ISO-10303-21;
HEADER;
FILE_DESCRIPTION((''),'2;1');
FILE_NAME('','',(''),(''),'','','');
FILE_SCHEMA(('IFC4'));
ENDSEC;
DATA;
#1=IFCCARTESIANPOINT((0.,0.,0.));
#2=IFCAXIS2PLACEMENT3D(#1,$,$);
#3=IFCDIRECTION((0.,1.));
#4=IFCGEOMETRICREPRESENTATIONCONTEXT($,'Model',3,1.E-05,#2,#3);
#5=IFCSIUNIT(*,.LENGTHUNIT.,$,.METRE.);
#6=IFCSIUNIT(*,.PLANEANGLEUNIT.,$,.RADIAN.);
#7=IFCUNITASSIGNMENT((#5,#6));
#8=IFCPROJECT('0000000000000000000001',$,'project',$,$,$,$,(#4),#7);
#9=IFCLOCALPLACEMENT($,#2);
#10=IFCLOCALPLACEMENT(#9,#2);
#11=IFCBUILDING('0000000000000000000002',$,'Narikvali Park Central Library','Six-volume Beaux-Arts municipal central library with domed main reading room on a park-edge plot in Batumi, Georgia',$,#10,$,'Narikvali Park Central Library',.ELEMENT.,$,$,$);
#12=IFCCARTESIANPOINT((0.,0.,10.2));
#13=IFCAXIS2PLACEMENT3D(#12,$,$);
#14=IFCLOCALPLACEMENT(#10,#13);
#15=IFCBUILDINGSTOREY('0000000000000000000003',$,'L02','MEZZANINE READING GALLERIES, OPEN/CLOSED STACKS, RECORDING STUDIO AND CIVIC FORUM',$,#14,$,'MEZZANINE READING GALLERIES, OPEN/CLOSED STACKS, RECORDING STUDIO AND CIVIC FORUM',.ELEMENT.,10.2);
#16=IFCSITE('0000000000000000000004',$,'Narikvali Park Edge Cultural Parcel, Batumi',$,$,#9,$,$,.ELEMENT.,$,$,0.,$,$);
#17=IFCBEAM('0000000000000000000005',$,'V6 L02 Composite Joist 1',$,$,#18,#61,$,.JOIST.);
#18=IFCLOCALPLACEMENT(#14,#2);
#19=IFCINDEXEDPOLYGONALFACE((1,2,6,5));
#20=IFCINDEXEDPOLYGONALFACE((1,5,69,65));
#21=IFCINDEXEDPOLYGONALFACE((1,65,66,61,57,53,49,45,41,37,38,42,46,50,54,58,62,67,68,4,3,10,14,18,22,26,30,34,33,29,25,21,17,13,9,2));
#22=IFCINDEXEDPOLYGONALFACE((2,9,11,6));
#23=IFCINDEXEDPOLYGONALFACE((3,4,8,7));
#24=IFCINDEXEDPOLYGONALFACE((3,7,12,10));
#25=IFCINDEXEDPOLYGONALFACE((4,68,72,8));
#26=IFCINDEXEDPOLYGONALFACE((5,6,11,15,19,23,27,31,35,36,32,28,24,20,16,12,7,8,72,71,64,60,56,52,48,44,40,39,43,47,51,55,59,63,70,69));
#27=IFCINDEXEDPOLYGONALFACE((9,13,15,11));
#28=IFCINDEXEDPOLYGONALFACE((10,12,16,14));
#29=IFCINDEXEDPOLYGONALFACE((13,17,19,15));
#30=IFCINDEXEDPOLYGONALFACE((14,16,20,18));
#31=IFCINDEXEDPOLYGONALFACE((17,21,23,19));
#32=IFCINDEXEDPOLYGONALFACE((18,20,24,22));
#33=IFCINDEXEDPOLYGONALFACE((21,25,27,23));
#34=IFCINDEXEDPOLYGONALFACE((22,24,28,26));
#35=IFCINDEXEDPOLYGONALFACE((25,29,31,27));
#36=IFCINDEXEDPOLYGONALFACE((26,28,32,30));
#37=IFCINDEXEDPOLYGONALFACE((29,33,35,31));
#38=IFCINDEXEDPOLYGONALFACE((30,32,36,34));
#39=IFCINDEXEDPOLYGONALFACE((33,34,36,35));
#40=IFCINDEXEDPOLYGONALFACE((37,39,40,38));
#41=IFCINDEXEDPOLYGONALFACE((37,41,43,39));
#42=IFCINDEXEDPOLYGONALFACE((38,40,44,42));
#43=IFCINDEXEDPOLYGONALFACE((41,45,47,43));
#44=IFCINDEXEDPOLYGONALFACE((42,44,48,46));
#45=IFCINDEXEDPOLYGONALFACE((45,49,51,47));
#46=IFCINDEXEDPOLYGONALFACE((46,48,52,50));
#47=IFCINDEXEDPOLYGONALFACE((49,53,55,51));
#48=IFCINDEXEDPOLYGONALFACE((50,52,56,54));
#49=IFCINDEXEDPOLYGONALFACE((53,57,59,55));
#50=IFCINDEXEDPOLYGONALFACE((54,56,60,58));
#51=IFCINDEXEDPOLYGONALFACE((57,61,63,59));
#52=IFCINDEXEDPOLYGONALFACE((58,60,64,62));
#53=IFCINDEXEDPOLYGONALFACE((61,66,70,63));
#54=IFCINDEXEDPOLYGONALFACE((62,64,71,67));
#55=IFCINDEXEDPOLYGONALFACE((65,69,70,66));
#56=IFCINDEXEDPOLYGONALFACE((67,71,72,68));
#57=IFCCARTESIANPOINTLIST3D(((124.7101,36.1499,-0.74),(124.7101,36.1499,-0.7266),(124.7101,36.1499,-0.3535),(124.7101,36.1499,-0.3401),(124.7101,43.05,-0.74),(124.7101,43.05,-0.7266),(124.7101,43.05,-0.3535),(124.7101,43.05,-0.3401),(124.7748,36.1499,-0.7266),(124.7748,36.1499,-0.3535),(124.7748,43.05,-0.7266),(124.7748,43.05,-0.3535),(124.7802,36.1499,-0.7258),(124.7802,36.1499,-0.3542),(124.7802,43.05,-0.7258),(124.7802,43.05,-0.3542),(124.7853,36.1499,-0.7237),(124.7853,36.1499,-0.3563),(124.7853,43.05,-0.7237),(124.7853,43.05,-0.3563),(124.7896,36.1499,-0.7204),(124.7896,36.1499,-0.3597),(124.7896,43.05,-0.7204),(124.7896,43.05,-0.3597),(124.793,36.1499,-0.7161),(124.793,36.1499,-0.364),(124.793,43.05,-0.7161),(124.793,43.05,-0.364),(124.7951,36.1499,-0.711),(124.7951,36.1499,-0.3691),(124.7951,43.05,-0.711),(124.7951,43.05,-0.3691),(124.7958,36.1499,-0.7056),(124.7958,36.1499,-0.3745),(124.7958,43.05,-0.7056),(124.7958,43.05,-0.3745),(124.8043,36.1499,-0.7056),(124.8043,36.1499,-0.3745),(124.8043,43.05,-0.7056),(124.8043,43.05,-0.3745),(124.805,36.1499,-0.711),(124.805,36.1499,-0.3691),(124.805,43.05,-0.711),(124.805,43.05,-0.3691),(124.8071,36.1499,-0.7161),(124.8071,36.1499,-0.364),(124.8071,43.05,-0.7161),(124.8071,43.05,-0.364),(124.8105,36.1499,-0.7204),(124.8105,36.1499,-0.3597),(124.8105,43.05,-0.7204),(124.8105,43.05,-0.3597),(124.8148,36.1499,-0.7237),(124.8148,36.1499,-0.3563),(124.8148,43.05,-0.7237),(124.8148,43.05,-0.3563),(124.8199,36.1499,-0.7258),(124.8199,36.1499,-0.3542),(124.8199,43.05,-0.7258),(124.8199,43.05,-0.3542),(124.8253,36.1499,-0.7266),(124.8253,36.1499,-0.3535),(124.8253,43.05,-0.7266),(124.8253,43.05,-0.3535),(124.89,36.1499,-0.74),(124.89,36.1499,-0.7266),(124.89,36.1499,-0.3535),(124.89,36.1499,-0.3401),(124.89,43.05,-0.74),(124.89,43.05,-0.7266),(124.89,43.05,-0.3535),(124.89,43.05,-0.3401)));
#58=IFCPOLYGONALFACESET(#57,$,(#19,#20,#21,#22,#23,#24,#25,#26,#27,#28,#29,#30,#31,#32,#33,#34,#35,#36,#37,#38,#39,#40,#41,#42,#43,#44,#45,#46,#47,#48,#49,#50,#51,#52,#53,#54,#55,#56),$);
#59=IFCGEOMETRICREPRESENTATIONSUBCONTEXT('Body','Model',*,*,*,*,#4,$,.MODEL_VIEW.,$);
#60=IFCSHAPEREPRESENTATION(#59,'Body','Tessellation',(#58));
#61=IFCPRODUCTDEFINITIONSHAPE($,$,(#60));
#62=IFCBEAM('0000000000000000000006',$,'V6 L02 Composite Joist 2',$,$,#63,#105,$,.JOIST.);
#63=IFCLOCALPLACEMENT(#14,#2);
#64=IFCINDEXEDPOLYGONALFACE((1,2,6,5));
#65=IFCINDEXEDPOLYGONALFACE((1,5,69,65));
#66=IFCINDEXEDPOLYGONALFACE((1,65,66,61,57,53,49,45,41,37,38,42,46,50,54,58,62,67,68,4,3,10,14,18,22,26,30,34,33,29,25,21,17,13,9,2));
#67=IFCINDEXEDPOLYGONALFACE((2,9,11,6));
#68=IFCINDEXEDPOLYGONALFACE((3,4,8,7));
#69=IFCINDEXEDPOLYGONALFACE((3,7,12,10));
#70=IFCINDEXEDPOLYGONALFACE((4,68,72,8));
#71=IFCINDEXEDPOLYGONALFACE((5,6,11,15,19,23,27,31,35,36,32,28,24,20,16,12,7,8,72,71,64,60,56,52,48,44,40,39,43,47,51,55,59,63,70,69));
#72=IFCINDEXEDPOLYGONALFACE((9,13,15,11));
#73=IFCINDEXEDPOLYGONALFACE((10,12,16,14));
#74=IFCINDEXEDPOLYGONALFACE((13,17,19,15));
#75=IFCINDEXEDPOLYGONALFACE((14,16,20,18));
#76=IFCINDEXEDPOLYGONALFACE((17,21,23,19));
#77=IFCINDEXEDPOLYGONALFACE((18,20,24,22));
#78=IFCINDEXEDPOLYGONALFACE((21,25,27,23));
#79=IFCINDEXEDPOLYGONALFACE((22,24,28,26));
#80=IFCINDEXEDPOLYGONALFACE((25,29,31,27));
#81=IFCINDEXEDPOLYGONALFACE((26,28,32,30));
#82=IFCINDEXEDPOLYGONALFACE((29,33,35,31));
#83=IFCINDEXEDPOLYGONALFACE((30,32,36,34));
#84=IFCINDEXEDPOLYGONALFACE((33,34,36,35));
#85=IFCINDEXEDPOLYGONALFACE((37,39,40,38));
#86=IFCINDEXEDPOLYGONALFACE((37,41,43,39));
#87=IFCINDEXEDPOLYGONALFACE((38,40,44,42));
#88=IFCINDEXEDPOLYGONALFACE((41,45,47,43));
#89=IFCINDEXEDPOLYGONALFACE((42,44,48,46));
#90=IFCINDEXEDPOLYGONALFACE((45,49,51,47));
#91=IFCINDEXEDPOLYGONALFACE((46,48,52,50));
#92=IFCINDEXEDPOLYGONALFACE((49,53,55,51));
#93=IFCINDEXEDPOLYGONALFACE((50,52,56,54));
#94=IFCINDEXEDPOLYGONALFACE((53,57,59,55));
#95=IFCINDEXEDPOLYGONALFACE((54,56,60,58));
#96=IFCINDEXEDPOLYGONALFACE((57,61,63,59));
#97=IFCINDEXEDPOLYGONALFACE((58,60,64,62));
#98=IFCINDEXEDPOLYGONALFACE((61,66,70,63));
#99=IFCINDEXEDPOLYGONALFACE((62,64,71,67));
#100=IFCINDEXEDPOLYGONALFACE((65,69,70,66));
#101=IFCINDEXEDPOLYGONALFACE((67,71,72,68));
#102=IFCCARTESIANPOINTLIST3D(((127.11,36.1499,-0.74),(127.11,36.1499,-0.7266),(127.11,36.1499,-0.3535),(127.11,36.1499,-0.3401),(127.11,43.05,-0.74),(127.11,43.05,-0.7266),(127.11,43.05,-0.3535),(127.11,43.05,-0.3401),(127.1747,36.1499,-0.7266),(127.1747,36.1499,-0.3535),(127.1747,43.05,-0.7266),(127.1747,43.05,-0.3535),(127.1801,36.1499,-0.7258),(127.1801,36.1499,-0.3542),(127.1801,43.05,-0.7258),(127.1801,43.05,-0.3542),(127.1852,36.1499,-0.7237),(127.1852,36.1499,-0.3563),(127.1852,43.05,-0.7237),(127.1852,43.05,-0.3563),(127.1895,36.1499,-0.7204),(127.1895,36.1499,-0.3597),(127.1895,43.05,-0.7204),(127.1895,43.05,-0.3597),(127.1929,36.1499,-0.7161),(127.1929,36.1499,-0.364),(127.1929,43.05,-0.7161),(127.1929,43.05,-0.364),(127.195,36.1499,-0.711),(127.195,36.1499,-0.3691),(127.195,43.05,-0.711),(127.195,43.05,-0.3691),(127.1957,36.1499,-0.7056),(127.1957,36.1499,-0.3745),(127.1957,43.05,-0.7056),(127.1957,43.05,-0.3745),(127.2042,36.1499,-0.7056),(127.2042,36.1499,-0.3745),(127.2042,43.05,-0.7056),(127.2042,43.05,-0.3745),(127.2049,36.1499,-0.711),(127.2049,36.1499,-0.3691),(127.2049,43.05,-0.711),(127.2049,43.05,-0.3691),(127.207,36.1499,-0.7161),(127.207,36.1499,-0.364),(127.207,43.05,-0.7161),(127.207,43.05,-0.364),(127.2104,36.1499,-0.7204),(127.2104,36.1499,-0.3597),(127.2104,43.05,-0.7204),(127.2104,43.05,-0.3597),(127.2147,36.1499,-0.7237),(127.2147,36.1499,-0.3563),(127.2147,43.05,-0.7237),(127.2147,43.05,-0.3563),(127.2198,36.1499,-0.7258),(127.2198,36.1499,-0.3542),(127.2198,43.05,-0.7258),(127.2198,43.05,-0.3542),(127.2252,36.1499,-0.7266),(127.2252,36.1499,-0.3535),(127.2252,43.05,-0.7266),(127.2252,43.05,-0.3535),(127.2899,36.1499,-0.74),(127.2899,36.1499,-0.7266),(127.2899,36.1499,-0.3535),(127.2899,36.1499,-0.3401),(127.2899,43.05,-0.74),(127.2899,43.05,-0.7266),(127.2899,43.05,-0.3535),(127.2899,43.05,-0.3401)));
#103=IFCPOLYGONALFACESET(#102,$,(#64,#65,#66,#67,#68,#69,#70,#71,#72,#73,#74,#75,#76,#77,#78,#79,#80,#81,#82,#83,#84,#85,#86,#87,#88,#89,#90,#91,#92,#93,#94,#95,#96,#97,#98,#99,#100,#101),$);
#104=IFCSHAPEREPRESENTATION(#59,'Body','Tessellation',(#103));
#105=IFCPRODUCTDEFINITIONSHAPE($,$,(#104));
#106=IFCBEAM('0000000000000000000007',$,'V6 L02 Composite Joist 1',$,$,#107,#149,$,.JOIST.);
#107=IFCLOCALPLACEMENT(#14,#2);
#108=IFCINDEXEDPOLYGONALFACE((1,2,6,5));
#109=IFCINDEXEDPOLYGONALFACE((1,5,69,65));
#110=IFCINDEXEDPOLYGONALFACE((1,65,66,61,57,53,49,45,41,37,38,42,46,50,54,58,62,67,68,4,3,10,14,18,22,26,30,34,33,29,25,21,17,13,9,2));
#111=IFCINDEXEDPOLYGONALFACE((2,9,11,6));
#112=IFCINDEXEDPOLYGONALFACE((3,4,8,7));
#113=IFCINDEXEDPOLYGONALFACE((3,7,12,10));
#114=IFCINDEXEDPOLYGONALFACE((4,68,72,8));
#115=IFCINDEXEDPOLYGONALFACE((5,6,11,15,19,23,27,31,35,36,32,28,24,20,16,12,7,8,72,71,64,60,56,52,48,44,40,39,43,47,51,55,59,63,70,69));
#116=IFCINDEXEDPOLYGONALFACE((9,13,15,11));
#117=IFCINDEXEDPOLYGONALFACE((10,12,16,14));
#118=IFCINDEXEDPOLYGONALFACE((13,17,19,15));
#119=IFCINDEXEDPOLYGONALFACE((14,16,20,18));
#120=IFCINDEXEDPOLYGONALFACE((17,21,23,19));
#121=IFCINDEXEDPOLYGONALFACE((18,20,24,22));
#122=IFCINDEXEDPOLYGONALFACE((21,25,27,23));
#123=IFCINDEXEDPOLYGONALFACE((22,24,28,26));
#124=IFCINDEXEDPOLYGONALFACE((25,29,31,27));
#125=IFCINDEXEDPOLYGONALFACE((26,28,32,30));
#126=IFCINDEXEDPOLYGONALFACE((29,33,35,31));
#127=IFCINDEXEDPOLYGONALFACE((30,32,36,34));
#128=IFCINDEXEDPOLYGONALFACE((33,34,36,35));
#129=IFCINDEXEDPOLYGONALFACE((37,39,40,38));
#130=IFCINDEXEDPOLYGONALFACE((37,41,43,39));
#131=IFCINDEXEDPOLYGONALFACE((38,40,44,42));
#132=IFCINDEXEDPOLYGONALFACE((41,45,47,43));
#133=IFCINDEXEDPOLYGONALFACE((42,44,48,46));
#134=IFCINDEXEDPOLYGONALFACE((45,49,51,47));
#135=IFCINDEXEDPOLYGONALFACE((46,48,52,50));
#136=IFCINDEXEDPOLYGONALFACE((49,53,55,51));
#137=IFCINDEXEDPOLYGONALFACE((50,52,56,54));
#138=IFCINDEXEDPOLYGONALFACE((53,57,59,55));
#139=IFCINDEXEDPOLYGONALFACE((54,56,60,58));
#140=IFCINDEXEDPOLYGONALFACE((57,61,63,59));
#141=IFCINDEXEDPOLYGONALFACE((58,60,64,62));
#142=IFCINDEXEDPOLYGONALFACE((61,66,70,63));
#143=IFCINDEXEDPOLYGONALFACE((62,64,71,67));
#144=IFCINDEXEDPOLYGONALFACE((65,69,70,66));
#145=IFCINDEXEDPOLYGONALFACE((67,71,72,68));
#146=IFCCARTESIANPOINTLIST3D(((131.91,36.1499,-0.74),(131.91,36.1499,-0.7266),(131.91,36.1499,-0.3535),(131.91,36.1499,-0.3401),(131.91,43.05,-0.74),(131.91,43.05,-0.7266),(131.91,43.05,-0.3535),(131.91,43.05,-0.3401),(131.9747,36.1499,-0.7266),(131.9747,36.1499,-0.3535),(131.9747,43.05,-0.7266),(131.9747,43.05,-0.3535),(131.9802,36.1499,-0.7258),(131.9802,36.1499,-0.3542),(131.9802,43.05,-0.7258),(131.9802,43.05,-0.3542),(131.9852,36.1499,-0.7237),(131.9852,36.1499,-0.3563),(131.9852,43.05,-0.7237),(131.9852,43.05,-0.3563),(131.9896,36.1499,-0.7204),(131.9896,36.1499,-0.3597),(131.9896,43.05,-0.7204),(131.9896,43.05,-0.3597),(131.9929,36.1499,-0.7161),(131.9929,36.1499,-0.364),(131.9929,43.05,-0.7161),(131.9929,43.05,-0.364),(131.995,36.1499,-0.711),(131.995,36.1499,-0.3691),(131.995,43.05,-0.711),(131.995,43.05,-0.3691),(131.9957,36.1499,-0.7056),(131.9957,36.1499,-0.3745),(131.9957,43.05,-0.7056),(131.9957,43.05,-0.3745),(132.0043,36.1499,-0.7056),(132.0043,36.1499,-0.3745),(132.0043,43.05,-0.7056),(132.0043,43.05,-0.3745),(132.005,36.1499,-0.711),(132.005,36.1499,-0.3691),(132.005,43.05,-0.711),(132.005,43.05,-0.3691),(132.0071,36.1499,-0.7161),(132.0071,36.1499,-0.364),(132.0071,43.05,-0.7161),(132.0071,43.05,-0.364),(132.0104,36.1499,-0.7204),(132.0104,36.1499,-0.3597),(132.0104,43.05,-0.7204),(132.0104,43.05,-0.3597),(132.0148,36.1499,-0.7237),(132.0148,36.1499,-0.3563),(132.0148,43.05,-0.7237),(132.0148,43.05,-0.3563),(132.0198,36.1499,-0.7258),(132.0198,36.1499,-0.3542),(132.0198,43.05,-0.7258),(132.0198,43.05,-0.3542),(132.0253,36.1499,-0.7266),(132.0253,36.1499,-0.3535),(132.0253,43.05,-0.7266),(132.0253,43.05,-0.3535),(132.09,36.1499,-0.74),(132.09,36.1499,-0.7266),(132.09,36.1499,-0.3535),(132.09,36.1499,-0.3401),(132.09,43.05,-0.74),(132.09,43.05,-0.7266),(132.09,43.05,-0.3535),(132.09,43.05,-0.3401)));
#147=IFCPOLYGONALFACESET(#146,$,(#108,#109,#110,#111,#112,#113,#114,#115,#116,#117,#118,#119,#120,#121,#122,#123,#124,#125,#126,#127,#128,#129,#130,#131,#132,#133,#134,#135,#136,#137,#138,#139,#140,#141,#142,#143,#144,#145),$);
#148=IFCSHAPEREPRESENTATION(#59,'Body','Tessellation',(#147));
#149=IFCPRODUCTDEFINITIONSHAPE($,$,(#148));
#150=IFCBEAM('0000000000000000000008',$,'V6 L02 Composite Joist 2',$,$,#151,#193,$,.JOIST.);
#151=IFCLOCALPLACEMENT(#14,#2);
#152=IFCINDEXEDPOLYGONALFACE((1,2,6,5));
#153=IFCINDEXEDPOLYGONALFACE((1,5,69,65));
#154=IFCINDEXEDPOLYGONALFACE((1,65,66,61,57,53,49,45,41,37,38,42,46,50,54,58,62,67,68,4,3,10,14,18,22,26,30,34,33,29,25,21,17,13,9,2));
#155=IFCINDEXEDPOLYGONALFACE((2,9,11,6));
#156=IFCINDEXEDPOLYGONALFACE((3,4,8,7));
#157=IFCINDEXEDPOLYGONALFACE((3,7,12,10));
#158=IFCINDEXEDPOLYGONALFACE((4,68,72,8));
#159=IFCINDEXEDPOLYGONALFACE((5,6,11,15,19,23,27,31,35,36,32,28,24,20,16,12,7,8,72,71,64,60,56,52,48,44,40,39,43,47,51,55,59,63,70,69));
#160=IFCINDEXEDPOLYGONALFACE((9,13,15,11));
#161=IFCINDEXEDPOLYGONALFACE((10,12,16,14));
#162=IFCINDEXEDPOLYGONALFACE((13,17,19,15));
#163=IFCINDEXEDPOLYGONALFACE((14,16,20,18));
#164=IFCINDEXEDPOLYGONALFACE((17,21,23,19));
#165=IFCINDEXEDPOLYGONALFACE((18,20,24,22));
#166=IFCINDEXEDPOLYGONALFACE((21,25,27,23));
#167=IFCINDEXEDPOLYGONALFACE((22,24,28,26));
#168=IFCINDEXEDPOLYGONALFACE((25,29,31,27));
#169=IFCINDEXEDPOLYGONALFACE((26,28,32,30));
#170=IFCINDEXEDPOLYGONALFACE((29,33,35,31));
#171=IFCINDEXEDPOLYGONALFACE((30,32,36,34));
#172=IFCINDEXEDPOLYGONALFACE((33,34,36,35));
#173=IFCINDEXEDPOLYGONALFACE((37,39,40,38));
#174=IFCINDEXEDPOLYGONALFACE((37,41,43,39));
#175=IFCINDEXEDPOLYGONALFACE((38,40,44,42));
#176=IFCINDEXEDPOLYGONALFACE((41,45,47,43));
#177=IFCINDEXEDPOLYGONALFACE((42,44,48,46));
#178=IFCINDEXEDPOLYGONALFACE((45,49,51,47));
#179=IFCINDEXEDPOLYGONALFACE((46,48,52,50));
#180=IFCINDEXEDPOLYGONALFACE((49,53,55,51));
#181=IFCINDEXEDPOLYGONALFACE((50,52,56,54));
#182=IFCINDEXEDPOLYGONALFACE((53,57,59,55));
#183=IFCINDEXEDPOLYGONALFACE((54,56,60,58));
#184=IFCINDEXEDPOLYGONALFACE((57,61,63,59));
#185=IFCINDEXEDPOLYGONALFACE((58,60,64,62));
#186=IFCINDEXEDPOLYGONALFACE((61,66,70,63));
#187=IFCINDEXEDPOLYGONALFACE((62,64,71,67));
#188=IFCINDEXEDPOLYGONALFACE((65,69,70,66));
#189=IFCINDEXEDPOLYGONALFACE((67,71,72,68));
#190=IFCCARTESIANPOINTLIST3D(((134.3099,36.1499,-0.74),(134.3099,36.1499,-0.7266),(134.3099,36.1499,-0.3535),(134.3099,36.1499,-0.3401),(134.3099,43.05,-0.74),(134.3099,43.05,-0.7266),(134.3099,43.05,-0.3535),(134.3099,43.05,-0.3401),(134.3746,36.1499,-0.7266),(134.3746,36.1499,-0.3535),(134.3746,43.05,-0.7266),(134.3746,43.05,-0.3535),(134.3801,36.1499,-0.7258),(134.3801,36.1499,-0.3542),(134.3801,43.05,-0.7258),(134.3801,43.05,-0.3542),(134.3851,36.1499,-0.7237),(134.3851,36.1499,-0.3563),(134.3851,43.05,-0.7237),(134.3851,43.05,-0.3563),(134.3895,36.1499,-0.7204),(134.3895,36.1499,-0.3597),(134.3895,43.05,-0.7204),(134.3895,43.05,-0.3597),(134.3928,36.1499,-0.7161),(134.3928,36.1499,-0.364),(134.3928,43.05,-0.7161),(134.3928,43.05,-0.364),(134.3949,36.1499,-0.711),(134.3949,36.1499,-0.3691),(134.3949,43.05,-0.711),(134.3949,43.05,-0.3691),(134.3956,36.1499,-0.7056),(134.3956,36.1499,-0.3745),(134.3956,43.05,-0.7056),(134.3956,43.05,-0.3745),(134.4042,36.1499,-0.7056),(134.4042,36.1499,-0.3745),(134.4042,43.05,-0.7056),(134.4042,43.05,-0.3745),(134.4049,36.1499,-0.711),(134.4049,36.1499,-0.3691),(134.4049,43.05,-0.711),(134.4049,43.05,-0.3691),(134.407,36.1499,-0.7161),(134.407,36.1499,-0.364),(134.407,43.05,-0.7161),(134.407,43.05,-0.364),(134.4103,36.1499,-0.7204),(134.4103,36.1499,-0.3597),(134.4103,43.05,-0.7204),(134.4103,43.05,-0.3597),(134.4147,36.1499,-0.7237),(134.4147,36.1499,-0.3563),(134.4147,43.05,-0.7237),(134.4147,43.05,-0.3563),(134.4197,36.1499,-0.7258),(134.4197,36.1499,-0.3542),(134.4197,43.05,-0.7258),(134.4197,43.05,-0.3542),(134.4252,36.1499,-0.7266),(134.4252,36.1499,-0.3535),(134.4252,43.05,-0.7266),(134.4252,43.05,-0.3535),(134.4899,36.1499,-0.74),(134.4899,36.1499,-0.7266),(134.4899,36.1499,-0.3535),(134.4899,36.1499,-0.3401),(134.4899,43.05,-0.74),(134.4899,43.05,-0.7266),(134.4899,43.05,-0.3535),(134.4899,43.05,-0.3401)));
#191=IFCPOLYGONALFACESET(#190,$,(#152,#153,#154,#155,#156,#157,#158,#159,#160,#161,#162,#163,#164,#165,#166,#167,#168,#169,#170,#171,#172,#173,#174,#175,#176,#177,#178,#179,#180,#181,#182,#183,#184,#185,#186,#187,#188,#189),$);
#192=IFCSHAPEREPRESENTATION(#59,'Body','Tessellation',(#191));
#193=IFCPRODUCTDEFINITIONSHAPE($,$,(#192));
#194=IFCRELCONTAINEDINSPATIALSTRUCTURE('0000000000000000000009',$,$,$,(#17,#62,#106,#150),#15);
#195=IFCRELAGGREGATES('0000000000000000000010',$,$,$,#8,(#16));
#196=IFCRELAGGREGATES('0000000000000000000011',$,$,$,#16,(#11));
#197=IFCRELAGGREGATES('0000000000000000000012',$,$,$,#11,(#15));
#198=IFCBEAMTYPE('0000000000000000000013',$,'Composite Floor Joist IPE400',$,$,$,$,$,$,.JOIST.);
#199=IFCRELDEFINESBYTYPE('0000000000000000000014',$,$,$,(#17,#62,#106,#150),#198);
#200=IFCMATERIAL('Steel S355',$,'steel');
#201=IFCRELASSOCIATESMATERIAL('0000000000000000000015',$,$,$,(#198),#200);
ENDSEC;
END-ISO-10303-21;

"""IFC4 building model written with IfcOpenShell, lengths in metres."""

from ifc_helpers import new_model, si_unit, direction, frame, origin, origin_2d, place, context, subcontext, project, spatial, i_section, extrude, material, material_profile, profile_set, type_object, element, save


model = new_model("IFC4")

# Units and contexts
model_context = context("Model", 3, precision=1e-05, world=origin(), true_north=direction((0.0, 1.0)))
body_context = subcontext(model_context, "Body", "Model", "MODEL_VIEW")
ifc_project = project(units=[si_unit("LENGTHUNIT", "METRE"), si_unit("PLANEANGLEUNIT", "RADIAN")], contexts=[model_context])

# Site, building, storey
site_placement = place(None, origin())
site = spatial("IfcSite", under=ifc_project, at=site_placement, Name="Narikvali Park Edge Cultural Parcel, Batumi", CompositionType="ELEMENT", RefElevation=0.0)
building_placement = place(site_placement, origin())
building = spatial("IfcBuilding", under=site, at=building_placement, Name="Narikvali Park Central Library", Description="Six-volume Beaux-Arts municipal central library with domed main reading room on a park-edge plot in Batumi, Georgia", LongName="Narikvali Park Central Library", CompositionType="ELEMENT")
storey_placement = place(building_placement, frame((0.0, 0.0, 10.2)))
storey = spatial("IfcBuildingStorey", under=building, at=storey_placement, Name="L02", Description="MEZZANINE READING GALLERIES, OPEN/CLOSED STACKS, RECORDING STUDIO AND CIVIC FORUM", LongName="MEZZANINE READING GALLERIES, OPEN/CLOSED STACKS, RECORDING STUDIO AND CIVIC FORUM", CompositionType="ELEMENT", Elevation=10.2)

# Beams
ifc_material_1 = material(Name="Steel S355", Category="steel")
ifc_material_profile_1 = material_profile(ifc_material_1, i_section(OverallWidth=0.1799, OverallDepth=0.3999, WebThickness=0.0085, FlangeThickness=0.0134, FilletRadius=0.021, at=origin_2d()), Name="IPE 400")
ifc_profile_set_1 = profile_set([ifc_material_profile_1], Name="Steel S355")
beam_type_1 = type_object("IfcBeamType", Name="Composite Floor Joist IPE400", PredefinedType="JOIST", material=ifc_profile_set_1)
for number, where, z_axis, x_axis, name in (
    (1, (124.8, 36.1499, -0.54), (0.0, 1.0, 0.0), (-1.0, 0.0, 0.0), "V6 L02 Composite Joist 1"),
    (2, (127.2, 36.1499, -0.54), (0.0, 1.0, 0.0), (-1.0, 0.0, 0.0), "V6 L02 Composite Joist 2"),
    (3, (132.0, 36.1499, -0.54), (0.0, 1.0, 0.0), (-1.0, 0.0, 0.0), "V6 L02 Composite Joist 1"),
    (4, (134.3999, 36.1499, -0.54), (0.0, 1.0, 0.0), (-1.0, 0.0, 0.0), "V6 L02 Composite Joist 2"),
):
    element("IfcBeam", number, at=place(storey_placement, frame(where, z_axis=z_axis, x_axis=x_axis)), inside=storey, type_object=beam_type_1, Name=name, PredefinedType="JOIST", context=body_context, shape_type="SweptSolid", body=[
        extrude(i_section(OverallWidth=0.1799, OverallDepth=0.3999, WebThickness=0.0085, FlangeThickness=0.0134, FilletRadius=0.021, at=origin_2d()), origin(), (0.0, 0.0, 1.0), 6.9001),
    ])

save(model, "model.ifc")
